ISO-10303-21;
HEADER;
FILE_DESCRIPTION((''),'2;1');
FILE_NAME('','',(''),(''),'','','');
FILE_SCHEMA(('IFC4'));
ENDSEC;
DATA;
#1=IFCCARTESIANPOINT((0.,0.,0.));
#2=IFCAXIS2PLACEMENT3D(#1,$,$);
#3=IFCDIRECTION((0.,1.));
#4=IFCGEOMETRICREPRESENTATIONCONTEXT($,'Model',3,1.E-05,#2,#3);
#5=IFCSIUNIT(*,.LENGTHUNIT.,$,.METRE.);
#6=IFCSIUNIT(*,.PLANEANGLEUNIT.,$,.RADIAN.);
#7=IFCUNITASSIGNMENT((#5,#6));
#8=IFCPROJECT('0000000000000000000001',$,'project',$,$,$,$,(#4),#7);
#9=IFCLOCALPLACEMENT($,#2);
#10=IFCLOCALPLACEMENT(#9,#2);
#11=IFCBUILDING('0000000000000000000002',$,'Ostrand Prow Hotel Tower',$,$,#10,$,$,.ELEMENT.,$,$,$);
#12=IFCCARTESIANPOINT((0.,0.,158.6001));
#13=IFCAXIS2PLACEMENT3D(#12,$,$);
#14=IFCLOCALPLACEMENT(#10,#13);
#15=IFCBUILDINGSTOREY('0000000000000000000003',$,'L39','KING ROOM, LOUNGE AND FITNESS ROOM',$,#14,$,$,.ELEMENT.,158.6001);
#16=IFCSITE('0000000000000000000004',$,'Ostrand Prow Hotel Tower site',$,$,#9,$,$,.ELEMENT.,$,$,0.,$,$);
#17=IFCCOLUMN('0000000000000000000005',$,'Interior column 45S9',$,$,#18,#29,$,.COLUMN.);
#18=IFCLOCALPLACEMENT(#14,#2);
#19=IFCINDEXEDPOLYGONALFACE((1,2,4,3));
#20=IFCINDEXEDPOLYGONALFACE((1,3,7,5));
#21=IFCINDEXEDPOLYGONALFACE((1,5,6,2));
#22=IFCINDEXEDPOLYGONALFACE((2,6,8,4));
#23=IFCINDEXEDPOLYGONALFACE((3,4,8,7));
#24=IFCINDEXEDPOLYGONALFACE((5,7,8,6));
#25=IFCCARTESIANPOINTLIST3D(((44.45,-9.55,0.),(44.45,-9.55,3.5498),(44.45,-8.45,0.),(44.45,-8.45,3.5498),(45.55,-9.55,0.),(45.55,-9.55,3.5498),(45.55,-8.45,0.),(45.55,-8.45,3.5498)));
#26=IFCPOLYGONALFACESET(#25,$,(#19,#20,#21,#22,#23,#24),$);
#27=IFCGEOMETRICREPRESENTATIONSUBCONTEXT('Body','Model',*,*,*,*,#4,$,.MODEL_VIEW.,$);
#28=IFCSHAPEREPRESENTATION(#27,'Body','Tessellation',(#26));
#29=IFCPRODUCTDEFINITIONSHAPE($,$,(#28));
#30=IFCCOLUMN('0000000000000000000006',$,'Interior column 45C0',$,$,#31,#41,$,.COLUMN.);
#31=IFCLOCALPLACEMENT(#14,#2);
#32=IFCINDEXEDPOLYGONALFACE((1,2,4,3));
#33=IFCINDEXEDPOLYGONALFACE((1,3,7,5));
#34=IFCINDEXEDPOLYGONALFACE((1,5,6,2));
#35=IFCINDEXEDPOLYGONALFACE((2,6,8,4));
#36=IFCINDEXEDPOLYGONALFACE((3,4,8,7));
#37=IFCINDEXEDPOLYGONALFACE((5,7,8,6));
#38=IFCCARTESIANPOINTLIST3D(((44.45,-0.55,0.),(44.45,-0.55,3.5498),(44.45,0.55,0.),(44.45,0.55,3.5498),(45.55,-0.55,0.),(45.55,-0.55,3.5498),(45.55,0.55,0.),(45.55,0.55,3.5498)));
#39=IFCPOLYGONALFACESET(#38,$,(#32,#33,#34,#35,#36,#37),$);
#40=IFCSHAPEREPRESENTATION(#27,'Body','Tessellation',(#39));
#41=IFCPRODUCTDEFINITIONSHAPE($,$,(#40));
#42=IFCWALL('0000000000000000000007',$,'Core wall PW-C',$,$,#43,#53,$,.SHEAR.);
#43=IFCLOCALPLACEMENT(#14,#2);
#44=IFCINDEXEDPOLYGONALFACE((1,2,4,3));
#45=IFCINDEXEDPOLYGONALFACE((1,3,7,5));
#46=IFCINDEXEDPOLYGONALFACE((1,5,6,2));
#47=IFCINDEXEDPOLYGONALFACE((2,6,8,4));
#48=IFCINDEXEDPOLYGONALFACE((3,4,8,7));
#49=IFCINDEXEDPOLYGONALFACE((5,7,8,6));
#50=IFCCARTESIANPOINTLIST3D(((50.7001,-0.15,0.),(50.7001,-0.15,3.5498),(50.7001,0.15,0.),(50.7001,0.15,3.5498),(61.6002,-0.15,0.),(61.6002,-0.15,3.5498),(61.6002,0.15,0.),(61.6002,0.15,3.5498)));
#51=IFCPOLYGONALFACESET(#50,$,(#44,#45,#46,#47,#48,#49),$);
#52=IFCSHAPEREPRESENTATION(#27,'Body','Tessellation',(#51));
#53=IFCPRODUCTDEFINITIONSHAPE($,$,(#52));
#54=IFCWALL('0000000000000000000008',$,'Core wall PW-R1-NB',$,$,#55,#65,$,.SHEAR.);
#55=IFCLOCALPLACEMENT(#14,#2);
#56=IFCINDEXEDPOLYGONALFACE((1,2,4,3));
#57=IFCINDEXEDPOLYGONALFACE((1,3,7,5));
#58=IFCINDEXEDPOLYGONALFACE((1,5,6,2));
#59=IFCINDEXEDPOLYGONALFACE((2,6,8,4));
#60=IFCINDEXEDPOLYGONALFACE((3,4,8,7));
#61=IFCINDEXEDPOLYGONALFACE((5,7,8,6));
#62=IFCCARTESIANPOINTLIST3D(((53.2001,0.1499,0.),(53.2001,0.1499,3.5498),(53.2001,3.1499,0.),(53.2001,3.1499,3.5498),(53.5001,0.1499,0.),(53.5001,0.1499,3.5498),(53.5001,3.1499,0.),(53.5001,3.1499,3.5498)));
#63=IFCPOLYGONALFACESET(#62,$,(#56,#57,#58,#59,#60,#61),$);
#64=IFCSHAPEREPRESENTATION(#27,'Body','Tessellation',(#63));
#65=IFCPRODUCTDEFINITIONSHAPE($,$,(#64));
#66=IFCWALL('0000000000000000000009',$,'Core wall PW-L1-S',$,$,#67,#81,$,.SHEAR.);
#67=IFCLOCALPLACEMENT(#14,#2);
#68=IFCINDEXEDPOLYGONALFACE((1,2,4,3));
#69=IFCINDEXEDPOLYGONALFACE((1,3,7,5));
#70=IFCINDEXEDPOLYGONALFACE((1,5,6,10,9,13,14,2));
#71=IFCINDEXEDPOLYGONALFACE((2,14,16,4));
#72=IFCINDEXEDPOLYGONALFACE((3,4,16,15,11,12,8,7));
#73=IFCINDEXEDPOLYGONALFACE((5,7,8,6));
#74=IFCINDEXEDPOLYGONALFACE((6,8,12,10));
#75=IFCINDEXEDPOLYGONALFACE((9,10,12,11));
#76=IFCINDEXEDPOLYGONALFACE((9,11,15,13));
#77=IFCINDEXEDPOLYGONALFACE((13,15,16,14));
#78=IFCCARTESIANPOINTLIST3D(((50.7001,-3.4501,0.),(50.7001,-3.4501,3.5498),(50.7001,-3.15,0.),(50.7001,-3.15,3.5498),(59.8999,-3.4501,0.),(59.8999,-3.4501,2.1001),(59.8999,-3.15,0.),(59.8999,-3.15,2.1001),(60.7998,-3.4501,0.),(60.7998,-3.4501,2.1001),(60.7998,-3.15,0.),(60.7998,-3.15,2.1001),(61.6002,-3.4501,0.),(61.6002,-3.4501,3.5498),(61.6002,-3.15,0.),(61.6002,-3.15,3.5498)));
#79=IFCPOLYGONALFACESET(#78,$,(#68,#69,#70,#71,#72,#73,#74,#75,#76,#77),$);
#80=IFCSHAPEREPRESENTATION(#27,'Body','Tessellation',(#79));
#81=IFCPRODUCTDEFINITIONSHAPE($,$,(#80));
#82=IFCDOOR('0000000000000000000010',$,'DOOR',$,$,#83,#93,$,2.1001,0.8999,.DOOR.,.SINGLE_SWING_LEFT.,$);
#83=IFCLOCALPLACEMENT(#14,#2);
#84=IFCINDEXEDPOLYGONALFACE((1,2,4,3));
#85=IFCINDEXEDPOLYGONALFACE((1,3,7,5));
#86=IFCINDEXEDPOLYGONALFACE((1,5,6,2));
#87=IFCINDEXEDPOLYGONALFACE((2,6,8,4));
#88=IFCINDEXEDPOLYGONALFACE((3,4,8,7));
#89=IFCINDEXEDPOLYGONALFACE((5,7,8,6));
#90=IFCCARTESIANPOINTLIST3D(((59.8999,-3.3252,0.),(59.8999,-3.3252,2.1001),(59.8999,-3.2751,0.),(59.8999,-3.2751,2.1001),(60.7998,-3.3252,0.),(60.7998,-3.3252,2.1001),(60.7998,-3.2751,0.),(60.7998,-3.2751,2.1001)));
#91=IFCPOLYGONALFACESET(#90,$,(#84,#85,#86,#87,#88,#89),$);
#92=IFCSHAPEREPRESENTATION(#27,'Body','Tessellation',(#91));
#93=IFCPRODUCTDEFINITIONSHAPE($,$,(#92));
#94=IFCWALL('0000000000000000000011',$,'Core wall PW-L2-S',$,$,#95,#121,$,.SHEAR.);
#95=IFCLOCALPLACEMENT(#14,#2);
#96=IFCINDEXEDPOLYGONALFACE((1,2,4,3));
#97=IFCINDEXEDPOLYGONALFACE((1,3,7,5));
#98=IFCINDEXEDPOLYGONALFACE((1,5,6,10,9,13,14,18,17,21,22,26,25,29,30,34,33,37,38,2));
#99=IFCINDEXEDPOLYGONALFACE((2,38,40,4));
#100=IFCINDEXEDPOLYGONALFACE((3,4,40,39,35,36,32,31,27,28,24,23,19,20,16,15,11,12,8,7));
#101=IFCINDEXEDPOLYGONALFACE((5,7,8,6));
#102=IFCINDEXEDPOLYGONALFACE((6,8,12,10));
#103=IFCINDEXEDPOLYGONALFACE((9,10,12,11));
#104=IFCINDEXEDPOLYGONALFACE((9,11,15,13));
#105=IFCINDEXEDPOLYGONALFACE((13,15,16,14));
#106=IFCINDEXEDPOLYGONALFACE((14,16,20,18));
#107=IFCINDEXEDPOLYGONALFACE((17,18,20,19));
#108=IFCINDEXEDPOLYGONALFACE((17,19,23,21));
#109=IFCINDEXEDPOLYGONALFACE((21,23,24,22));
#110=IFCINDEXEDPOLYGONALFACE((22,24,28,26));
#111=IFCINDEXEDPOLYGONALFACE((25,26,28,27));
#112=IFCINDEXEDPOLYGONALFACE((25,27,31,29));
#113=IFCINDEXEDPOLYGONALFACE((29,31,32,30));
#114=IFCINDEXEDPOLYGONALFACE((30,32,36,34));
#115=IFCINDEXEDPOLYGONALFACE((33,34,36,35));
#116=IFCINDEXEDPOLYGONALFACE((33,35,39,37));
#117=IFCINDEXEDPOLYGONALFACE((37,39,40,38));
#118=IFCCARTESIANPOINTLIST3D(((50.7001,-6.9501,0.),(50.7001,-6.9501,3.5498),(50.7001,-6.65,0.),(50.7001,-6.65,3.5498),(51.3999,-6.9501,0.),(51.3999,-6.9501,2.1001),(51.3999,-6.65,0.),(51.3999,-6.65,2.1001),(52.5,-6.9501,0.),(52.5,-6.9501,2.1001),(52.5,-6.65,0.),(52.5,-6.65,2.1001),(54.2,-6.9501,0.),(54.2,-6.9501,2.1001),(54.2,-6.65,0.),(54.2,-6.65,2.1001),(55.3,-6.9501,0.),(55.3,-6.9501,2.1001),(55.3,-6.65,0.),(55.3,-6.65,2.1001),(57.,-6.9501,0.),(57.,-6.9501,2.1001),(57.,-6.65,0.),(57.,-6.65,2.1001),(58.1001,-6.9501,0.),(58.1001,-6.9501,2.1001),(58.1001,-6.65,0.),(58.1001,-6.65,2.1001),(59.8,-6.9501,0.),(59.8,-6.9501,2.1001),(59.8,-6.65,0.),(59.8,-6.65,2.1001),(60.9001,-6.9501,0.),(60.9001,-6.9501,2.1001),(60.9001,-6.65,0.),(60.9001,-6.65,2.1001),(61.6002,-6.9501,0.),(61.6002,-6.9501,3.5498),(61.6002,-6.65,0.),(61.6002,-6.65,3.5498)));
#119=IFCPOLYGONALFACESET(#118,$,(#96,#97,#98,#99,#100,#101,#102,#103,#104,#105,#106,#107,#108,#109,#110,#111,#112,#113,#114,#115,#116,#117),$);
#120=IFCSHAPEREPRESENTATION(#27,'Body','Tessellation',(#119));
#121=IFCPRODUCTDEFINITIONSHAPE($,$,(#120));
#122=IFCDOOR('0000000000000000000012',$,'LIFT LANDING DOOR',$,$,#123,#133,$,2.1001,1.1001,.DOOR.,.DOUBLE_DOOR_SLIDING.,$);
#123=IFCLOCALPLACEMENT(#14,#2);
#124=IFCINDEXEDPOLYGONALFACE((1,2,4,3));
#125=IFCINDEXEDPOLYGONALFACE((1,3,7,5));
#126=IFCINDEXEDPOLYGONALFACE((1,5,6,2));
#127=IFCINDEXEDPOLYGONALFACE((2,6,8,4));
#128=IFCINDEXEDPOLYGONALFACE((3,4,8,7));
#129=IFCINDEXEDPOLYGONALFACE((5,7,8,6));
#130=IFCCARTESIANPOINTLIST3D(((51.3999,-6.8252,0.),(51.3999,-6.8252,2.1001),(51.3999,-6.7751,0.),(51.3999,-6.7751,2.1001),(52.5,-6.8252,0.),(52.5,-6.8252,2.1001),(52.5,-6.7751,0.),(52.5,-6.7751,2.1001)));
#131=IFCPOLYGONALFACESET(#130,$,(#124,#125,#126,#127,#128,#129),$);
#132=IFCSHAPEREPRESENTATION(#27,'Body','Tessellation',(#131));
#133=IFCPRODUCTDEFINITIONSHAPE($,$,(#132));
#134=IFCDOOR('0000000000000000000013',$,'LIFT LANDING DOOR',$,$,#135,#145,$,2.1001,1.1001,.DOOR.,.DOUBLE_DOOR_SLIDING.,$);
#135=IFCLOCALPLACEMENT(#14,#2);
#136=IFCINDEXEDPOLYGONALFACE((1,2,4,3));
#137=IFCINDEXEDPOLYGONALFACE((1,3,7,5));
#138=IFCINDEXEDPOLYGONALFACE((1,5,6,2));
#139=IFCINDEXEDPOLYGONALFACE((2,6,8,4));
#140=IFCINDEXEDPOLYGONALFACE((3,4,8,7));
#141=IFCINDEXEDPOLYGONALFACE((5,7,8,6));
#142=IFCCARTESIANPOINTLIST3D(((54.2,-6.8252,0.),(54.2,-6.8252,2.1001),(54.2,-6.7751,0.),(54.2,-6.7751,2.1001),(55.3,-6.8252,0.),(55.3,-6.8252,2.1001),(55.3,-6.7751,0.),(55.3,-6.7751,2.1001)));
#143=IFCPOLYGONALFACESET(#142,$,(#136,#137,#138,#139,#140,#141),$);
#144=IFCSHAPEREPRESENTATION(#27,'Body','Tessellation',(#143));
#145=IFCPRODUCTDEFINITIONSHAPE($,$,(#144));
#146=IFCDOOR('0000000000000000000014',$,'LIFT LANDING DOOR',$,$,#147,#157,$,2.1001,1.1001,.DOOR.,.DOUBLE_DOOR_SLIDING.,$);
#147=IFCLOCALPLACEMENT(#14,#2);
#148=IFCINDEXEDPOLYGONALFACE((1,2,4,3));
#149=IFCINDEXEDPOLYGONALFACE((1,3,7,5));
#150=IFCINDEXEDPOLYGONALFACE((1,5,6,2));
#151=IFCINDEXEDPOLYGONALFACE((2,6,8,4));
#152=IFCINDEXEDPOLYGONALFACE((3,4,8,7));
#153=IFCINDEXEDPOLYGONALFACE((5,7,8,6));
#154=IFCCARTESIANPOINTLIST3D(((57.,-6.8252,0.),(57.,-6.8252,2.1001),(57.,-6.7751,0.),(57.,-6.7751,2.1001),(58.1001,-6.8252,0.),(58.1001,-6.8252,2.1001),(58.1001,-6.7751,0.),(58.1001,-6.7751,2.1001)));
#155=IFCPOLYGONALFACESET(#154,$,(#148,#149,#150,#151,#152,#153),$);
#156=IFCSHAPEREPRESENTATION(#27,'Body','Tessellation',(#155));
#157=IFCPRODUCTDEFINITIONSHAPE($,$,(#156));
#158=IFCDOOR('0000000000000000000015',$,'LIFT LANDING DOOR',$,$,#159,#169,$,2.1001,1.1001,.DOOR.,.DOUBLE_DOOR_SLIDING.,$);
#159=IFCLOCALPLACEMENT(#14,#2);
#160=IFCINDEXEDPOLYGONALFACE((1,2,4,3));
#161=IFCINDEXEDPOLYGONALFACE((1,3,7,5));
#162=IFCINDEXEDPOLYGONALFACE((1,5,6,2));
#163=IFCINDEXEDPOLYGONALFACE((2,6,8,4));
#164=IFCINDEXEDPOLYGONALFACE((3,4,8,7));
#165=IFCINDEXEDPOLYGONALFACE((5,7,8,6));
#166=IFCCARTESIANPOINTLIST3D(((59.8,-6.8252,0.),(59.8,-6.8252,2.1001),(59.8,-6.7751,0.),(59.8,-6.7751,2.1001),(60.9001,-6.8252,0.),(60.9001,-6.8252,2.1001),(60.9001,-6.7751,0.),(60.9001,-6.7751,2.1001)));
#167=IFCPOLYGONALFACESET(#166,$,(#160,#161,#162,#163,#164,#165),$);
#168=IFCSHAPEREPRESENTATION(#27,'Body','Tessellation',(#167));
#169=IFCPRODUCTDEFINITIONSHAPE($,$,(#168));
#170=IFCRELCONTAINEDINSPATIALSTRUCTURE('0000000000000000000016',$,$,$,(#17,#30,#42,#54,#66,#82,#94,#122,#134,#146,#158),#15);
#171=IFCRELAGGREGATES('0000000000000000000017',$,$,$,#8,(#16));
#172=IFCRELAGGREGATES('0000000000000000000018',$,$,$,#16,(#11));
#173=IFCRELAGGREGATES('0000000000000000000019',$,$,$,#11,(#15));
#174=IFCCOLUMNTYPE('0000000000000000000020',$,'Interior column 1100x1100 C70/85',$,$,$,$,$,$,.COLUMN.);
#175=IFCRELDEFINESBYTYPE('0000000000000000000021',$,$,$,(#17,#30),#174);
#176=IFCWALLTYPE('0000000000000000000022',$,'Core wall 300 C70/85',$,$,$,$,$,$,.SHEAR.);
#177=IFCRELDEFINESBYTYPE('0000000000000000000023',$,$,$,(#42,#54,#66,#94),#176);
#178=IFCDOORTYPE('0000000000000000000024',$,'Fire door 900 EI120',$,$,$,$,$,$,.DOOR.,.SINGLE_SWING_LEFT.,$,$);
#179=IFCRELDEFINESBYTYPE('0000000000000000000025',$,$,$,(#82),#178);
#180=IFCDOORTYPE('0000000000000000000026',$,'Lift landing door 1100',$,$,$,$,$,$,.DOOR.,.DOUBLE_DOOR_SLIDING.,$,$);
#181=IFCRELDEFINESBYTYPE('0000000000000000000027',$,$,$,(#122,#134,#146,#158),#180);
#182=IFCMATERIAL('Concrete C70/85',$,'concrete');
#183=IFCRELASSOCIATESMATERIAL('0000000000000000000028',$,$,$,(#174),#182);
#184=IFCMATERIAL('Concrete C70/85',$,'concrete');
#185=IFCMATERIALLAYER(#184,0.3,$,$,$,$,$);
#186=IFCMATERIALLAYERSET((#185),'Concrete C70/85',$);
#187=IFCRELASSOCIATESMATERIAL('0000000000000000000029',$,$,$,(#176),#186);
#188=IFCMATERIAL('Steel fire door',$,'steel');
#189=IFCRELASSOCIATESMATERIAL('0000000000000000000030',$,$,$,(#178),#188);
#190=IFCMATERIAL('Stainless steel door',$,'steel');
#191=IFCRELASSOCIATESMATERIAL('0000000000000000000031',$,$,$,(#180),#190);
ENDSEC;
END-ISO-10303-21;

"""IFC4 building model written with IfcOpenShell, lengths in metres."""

from ifc_helpers import new_model, si_unit, direction, frame, frame_2d, origin, origin_2d, place, context, subcontext, project, spatial, rectangle, extrude, material, layer, layer_set, material_profile, profile_set, type_object, element, fill, save


model = new_model("IFC4")

# Units and contexts
model_context = context("Model", 3, precision=1e-05, world=origin(), true_north=direction((0.0, 1.0)))
body_context = subcontext(model_context, "Body", "Model", "MODEL_VIEW")
ifc_project = project(units=[si_unit("LENGTHUNIT", "METRE"), si_unit("PLANEANGLEUNIT", "RADIAN")], contexts=[model_context])

# Site, building, storey
site_placement = place(None, origin())
site = spatial("IfcSite", under=ifc_project, at=site_placement, Name="Ostrand Prow Hotel Tower site", CompositionType="ELEMENT", RefElevation=0.0)
building_placement = place(site_placement, origin())
building = spatial("IfcBuilding", under=site, at=building_placement, Name="Ostrand Prow Hotel Tower", CompositionType="ELEMENT")
storey_placement = place(building_placement, frame((0.0, 0.0, 158.6001)))
storey = spatial("IfcBuildingStorey", under=building, at=storey_placement, Name="L39", Description="KING ROOM, LOUNGE AND FITNESS ROOM", CompositionType="ELEMENT", Elevation=158.6001)

# Columns
ifc_material_1 = material(Name="Concrete C70/85", Category="concrete")
ifc_material_profile = material_profile(ifc_material_1, rectangle(XDim=1.1001, YDim=1.1001, at=origin_2d()), Name="RC 1100x1100")
ifc_profile_set = profile_set([ifc_material_profile], Name="Concrete C70/85")
column_type = type_object("IfcColumnType", Name="Interior column 1100x1100 C70/85", PredefinedType="COLUMN", material=ifc_profile_set)
for number, where, z_axis, x_axis, name in (
    (1, (45.0, -9.0, 0.0), (0.0, 0.0, 1.0), (1.0, 0.0, 0.0), "Interior column 45S9"),
    (2, (45.0, 0.0, 0.0), (0.0, 0.0, 1.0), (1.0, 0.0, 0.0), "Interior column 45C0"),
):
    element("IfcColumn", number, at=place(storey_placement, frame(where, z_axis=z_axis, x_axis=x_axis)), inside=storey, type_object=column_type, Name=name, PredefinedType="COLUMN", context=body_context, shape_type="SweptSolid", body=[
        extrude(rectangle(XDim=1.1001, YDim=1.1001, at=origin_2d()), origin(), (0.0, 0.0, 1.0), 3.5498),
    ])

# Walls
ifc_material_2 = material(Name="Concrete C70/85", Category="concrete")
ifc_layer_1 = layer(ifc_material_2, 0.3)
ifc_layer_set_1 = layer_set([ifc_layer_1], Name="Concrete C70/85")
wall_type_1 = type_object("IfcWallType", Name="Core wall 300 C70/85", PredefinedType="SHEAR", material=ifc_layer_set_1)
wall_1_placement = place(storey_placement, frame((50.7, 0.0, 0.0), z_axis=(0.0, 0.0, 1.0), x_axis=(1.0, 0.0, 0.0)))
element("IfcWall", 3, at=wall_1_placement, inside=storey, type_object=wall_type_1, Name="Core wall PW-C", PredefinedType="SHEAR", context=body_context, shape_type="SweptSolid", body=[
    extrude(rectangle(XDim=10.9001, YDim=0.3, at=frame_2d((5.4502, 0.0))), origin(), (0.0, 0.0, 1.0), 3.5498),
])
wall_2_placement = place(storey_placement, frame((53.3501, 0.1499, 0.0), z_axis=(0.0, 0.0, 1.0), x_axis=(0.0, 1.0, 0.0)))
element("IfcWall", 4, at=wall_2_placement, inside=storey, type_object=wall_type_1, Name="Core wall PW-R1-NB", PredefinedType="SHEAR", context=body_context, shape_type="SweptSolid", body=[
    extrude(rectangle(XDim=3.0, YDim=0.3, at=frame_2d((1.5, 0.0))), origin(), (0.0, 0.0, 1.0), 3.5498),
])

# Wall, opening, door
wall_3_placement = place(storey_placement, frame((50.7, -3.3, 0.0), z_axis=(0.0, 0.0, 1.0), x_axis=(1.0, 0.0, 0.0)))
wall_3 = element("IfcWall", 5, at=wall_3_placement, inside=storey, type_object=wall_type_1, Name="Core wall PW-L1-S", PredefinedType="SHEAR", context=body_context, shape_type="SweptSolid", body=[
    extrude(rectangle(XDim=10.9001, YDim=0.3, at=frame_2d((5.4502, 0.0))), origin(), (0.0, 0.0, 1.0), 3.5498),
])
opening_1_placement = place(wall_3_placement, frame((9.2, 0.0, 0.0)))
opening_1 = element("IfcOpeningElement", 6, at=opening_1_placement, cuts=wall_3, PredefinedType="OPENING", context=body_context, shape_type="SweptSolid", body=[
    extrude(rectangle(XDim=0.8999, YDim=2.1001, at=frame_2d((0.45, 1.05))), frame((0.0, 0.1599, 0.0), z_axis=(0.0, -1.0, 0.0), x_axis=(1.0, 0.0, 0.0)), (0.0, 0.0, 1.0), 0.3201),
])
ifc_material_3 = material(Name="Steel fire door", Category="steel")
door_type_1 = type_object("IfcDoorType", Name="Fire door 900 EI120", OperationType="SINGLE_SWING_LEFT", PredefinedType="DOOR", material=ifc_material_3)
door_1_placement = place(opening_1_placement, origin())
door_1 = element("IfcDoor", 7, at=door_1_placement, inside=storey, type_object=door_type_1, Name="DOOR", OperationType="SINGLE_SWING_LEFT", OverallHeight=2.1001, OverallWidth=0.8999, PredefinedType="DOOR", context=body_context, shape_type="SweptSolid", body=[
    extrude(rectangle(XDim=0.8999, YDim=2.1001, at=frame_2d((0.45, 1.05))), frame((0.0, 0.0249, 0.0), z_axis=(0.0, -1.0, 0.0), x_axis=(1.0, 0.0, 0.0)), (0.0, 0.0, 1.0), 0.05),
])
fill(opening_1, door_1)

# Wall, openings, doors
wall_4_placement = place(storey_placement, frame((50.7, -6.8, 0.0), z_axis=(0.0, 0.0, 1.0), x_axis=(1.0, 0.0, 0.0)))
wall_4 = element("IfcWall", 8, at=wall_4_placement, inside=storey, type_object=wall_type_1, Name="Core wall PW-L2-S", PredefinedType="SHEAR", context=body_context, shape_type="SweptSolid", body=[
    extrude(rectangle(XDim=10.9001, YDim=0.3, at=frame_2d((5.4502, 0.0))), origin(), (0.0, 0.0, 1.0), 3.5498),
])
opening_2_placement = place(wall_4_placement, frame((0.7, 0.0, 0.0)))
opening_2 = element("IfcOpeningElement", 9, at=opening_2_placement, cuts=wall_4, PredefinedType="OPENING", context=body_context, shape_type="SweptSolid", body=[
    extrude(rectangle(XDim=1.1001, YDim=2.1001, at=frame_2d((0.55, 1.05))), frame((0.0, 0.1599, 0.0), z_axis=(0.0, -1.0, 0.0), x_axis=(1.0, 0.0, 0.0)), (0.0, 0.0, 1.0), 0.3201),
])
opening_3_placement = place(wall_4_placement, frame((3.5, 0.0, 0.0)))
opening_3 = element("IfcOpeningElement", 10, at=opening_3_placement, cuts=wall_4, PredefinedType="OPENING", context=body_context, shape_type="SweptSolid", body=[
    extrude(rectangle(XDim=1.1001, YDim=2.1001, at=frame_2d((0.55, 1.05))), frame((0.0, 0.1599, 0.0), z_axis=(0.0, -1.0, 0.0), x_axis=(1.0, 0.0, 0.0)), (0.0, 0.0, 1.0), 0.3201),
])
opening_4_placement = place(wall_4_placement, frame((6.3, 0.0, 0.0)))
opening_4 = element("IfcOpeningElement", 11, at=opening_4_placement, cuts=wall_4, PredefinedType="OPENING", context=body_context, shape_type="SweptSolid", body=[
    extrude(rectangle(XDim=1.1001, YDim=2.1001, at=frame_2d((0.55, 1.05))), frame((0.0, 0.1599, 0.0), z_axis=(0.0, -1.0, 0.0), x_axis=(1.0, 0.0, 0.0)), (0.0, 0.0, 1.0), 0.3201),
])
opening_5_placement = place(wall_4_placement, frame((9.1001, 0.0, 0.0)))
opening_5 = element("IfcOpeningElement", 12, at=opening_5_placement, cuts=wall_4, PredefinedType="OPENING", context=body_context, shape_type="SweptSolid", body=[
    extrude(rectangle(XDim=1.1001, YDim=2.1001, at=frame_2d((0.55, 1.05))), frame((0.0, 0.1599, 0.0), z_axis=(0.0, -1.0, 0.0), x_axis=(1.0, 0.0, 0.0)), (0.0, 0.0, 1.0), 0.3201),
])
ifc_material_4 = material(Name="Stainless steel door", Category="steel")
door_type_2 = type_object("IfcDoorType", Name="Lift landing door 1100", OperationType="DOUBLE_DOOR_SLIDING", PredefinedType="DOOR", material=ifc_material_4)
door_2_placement = place(opening_2_placement, origin())
door_2 = element("IfcDoor", 13, at=door_2_placement, inside=storey, type_object=door_type_2, Name="LIFT LANDING DOOR", OperationType="DOUBLE_DOOR_SLIDING", OverallHeight=2.1001, OverallWidth=1.1001, PredefinedType="DOOR", context=body_context, shape_type="SweptSolid", body=[
    extrude(rectangle(XDim=1.1001, YDim=2.1001, at=frame_2d((0.55, 1.05))), frame((0.0, 0.0249, 0.0), z_axis=(0.0, -1.0, 0.0), x_axis=(1.0, 0.0, 0.0)), (0.0, 0.0, 1.0), 0.05),
])
fill(opening_2, door_2)
door_3_placement = place(opening_3_placement, origin())
door_3 = element("IfcDoor", 14, at=door_3_placement, inside=storey, type_object=door_type_2, Name="LIFT LANDING DOOR", OperationType="DOUBLE_DOOR_SLIDING", OverallHeight=2.1001, OverallWidth=1.1001, PredefinedType="DOOR", context=body_context, shape_type="SweptSolid", body=[
    extrude(rectangle(XDim=1.1001, YDim=2.1001, at=frame_2d((0.55, 1.05))), frame((0.0, 0.0249, 0.0), z_axis=(0.0, -1.0, 0.0), x_axis=(1.0, 0.0, 0.0)), (0.0, 0.0, 1.0), 0.05),
])
fill(opening_3, door_3)
door_4_placement = place(opening_4_placement, origin())
door_4 = element("IfcDoor", 15, at=door_4_placement, inside=storey, type_object=door_type_2, Name="LIFT LANDING DOOR", OperationType="DOUBLE_DOOR_SLIDING", OverallHeight=2.1001, OverallWidth=1.1001, PredefinedType="DOOR", context=body_context, shape_type="SweptSolid", body=[
    extrude(rectangle(XDim=1.1001, YDim=2.1001, at=frame_2d((0.55, 1.05))), frame((0.0, 0.0249, 0.0), z_axis=(0.0, -1.0, 0.0), x_axis=(1.0, 0.0, 0.0)), (0.0, 0.0, 1.0), 0.05),
])
fill(opening_4, door_4)
door_5_placement = place(opening_5_placement, origin())
door_5 = element("IfcDoor", 16, at=door_5_placement, inside=storey, type_object=door_type_2, Name="LIFT LANDING DOOR", OperationType="DOUBLE_DOOR_SLIDING", OverallHeight=2.1001, OverallWidth=1.1001, PredefinedType="DOOR", context=body_context, shape_type="SweptSolid", body=[
    extrude(rectangle(XDim=1.1001, YDim=2.1001, at=frame_2d((0.55, 1.05))), frame((0.0, 0.0249, 0.0), z_axis=(0.0, -1.0, 0.0), x_axis=(1.0, 0.0, 0.0)), (0.0, 0.0, 1.0), 0.05),
])
fill(opening_5, door_5)

save(model, "model.ifc")
